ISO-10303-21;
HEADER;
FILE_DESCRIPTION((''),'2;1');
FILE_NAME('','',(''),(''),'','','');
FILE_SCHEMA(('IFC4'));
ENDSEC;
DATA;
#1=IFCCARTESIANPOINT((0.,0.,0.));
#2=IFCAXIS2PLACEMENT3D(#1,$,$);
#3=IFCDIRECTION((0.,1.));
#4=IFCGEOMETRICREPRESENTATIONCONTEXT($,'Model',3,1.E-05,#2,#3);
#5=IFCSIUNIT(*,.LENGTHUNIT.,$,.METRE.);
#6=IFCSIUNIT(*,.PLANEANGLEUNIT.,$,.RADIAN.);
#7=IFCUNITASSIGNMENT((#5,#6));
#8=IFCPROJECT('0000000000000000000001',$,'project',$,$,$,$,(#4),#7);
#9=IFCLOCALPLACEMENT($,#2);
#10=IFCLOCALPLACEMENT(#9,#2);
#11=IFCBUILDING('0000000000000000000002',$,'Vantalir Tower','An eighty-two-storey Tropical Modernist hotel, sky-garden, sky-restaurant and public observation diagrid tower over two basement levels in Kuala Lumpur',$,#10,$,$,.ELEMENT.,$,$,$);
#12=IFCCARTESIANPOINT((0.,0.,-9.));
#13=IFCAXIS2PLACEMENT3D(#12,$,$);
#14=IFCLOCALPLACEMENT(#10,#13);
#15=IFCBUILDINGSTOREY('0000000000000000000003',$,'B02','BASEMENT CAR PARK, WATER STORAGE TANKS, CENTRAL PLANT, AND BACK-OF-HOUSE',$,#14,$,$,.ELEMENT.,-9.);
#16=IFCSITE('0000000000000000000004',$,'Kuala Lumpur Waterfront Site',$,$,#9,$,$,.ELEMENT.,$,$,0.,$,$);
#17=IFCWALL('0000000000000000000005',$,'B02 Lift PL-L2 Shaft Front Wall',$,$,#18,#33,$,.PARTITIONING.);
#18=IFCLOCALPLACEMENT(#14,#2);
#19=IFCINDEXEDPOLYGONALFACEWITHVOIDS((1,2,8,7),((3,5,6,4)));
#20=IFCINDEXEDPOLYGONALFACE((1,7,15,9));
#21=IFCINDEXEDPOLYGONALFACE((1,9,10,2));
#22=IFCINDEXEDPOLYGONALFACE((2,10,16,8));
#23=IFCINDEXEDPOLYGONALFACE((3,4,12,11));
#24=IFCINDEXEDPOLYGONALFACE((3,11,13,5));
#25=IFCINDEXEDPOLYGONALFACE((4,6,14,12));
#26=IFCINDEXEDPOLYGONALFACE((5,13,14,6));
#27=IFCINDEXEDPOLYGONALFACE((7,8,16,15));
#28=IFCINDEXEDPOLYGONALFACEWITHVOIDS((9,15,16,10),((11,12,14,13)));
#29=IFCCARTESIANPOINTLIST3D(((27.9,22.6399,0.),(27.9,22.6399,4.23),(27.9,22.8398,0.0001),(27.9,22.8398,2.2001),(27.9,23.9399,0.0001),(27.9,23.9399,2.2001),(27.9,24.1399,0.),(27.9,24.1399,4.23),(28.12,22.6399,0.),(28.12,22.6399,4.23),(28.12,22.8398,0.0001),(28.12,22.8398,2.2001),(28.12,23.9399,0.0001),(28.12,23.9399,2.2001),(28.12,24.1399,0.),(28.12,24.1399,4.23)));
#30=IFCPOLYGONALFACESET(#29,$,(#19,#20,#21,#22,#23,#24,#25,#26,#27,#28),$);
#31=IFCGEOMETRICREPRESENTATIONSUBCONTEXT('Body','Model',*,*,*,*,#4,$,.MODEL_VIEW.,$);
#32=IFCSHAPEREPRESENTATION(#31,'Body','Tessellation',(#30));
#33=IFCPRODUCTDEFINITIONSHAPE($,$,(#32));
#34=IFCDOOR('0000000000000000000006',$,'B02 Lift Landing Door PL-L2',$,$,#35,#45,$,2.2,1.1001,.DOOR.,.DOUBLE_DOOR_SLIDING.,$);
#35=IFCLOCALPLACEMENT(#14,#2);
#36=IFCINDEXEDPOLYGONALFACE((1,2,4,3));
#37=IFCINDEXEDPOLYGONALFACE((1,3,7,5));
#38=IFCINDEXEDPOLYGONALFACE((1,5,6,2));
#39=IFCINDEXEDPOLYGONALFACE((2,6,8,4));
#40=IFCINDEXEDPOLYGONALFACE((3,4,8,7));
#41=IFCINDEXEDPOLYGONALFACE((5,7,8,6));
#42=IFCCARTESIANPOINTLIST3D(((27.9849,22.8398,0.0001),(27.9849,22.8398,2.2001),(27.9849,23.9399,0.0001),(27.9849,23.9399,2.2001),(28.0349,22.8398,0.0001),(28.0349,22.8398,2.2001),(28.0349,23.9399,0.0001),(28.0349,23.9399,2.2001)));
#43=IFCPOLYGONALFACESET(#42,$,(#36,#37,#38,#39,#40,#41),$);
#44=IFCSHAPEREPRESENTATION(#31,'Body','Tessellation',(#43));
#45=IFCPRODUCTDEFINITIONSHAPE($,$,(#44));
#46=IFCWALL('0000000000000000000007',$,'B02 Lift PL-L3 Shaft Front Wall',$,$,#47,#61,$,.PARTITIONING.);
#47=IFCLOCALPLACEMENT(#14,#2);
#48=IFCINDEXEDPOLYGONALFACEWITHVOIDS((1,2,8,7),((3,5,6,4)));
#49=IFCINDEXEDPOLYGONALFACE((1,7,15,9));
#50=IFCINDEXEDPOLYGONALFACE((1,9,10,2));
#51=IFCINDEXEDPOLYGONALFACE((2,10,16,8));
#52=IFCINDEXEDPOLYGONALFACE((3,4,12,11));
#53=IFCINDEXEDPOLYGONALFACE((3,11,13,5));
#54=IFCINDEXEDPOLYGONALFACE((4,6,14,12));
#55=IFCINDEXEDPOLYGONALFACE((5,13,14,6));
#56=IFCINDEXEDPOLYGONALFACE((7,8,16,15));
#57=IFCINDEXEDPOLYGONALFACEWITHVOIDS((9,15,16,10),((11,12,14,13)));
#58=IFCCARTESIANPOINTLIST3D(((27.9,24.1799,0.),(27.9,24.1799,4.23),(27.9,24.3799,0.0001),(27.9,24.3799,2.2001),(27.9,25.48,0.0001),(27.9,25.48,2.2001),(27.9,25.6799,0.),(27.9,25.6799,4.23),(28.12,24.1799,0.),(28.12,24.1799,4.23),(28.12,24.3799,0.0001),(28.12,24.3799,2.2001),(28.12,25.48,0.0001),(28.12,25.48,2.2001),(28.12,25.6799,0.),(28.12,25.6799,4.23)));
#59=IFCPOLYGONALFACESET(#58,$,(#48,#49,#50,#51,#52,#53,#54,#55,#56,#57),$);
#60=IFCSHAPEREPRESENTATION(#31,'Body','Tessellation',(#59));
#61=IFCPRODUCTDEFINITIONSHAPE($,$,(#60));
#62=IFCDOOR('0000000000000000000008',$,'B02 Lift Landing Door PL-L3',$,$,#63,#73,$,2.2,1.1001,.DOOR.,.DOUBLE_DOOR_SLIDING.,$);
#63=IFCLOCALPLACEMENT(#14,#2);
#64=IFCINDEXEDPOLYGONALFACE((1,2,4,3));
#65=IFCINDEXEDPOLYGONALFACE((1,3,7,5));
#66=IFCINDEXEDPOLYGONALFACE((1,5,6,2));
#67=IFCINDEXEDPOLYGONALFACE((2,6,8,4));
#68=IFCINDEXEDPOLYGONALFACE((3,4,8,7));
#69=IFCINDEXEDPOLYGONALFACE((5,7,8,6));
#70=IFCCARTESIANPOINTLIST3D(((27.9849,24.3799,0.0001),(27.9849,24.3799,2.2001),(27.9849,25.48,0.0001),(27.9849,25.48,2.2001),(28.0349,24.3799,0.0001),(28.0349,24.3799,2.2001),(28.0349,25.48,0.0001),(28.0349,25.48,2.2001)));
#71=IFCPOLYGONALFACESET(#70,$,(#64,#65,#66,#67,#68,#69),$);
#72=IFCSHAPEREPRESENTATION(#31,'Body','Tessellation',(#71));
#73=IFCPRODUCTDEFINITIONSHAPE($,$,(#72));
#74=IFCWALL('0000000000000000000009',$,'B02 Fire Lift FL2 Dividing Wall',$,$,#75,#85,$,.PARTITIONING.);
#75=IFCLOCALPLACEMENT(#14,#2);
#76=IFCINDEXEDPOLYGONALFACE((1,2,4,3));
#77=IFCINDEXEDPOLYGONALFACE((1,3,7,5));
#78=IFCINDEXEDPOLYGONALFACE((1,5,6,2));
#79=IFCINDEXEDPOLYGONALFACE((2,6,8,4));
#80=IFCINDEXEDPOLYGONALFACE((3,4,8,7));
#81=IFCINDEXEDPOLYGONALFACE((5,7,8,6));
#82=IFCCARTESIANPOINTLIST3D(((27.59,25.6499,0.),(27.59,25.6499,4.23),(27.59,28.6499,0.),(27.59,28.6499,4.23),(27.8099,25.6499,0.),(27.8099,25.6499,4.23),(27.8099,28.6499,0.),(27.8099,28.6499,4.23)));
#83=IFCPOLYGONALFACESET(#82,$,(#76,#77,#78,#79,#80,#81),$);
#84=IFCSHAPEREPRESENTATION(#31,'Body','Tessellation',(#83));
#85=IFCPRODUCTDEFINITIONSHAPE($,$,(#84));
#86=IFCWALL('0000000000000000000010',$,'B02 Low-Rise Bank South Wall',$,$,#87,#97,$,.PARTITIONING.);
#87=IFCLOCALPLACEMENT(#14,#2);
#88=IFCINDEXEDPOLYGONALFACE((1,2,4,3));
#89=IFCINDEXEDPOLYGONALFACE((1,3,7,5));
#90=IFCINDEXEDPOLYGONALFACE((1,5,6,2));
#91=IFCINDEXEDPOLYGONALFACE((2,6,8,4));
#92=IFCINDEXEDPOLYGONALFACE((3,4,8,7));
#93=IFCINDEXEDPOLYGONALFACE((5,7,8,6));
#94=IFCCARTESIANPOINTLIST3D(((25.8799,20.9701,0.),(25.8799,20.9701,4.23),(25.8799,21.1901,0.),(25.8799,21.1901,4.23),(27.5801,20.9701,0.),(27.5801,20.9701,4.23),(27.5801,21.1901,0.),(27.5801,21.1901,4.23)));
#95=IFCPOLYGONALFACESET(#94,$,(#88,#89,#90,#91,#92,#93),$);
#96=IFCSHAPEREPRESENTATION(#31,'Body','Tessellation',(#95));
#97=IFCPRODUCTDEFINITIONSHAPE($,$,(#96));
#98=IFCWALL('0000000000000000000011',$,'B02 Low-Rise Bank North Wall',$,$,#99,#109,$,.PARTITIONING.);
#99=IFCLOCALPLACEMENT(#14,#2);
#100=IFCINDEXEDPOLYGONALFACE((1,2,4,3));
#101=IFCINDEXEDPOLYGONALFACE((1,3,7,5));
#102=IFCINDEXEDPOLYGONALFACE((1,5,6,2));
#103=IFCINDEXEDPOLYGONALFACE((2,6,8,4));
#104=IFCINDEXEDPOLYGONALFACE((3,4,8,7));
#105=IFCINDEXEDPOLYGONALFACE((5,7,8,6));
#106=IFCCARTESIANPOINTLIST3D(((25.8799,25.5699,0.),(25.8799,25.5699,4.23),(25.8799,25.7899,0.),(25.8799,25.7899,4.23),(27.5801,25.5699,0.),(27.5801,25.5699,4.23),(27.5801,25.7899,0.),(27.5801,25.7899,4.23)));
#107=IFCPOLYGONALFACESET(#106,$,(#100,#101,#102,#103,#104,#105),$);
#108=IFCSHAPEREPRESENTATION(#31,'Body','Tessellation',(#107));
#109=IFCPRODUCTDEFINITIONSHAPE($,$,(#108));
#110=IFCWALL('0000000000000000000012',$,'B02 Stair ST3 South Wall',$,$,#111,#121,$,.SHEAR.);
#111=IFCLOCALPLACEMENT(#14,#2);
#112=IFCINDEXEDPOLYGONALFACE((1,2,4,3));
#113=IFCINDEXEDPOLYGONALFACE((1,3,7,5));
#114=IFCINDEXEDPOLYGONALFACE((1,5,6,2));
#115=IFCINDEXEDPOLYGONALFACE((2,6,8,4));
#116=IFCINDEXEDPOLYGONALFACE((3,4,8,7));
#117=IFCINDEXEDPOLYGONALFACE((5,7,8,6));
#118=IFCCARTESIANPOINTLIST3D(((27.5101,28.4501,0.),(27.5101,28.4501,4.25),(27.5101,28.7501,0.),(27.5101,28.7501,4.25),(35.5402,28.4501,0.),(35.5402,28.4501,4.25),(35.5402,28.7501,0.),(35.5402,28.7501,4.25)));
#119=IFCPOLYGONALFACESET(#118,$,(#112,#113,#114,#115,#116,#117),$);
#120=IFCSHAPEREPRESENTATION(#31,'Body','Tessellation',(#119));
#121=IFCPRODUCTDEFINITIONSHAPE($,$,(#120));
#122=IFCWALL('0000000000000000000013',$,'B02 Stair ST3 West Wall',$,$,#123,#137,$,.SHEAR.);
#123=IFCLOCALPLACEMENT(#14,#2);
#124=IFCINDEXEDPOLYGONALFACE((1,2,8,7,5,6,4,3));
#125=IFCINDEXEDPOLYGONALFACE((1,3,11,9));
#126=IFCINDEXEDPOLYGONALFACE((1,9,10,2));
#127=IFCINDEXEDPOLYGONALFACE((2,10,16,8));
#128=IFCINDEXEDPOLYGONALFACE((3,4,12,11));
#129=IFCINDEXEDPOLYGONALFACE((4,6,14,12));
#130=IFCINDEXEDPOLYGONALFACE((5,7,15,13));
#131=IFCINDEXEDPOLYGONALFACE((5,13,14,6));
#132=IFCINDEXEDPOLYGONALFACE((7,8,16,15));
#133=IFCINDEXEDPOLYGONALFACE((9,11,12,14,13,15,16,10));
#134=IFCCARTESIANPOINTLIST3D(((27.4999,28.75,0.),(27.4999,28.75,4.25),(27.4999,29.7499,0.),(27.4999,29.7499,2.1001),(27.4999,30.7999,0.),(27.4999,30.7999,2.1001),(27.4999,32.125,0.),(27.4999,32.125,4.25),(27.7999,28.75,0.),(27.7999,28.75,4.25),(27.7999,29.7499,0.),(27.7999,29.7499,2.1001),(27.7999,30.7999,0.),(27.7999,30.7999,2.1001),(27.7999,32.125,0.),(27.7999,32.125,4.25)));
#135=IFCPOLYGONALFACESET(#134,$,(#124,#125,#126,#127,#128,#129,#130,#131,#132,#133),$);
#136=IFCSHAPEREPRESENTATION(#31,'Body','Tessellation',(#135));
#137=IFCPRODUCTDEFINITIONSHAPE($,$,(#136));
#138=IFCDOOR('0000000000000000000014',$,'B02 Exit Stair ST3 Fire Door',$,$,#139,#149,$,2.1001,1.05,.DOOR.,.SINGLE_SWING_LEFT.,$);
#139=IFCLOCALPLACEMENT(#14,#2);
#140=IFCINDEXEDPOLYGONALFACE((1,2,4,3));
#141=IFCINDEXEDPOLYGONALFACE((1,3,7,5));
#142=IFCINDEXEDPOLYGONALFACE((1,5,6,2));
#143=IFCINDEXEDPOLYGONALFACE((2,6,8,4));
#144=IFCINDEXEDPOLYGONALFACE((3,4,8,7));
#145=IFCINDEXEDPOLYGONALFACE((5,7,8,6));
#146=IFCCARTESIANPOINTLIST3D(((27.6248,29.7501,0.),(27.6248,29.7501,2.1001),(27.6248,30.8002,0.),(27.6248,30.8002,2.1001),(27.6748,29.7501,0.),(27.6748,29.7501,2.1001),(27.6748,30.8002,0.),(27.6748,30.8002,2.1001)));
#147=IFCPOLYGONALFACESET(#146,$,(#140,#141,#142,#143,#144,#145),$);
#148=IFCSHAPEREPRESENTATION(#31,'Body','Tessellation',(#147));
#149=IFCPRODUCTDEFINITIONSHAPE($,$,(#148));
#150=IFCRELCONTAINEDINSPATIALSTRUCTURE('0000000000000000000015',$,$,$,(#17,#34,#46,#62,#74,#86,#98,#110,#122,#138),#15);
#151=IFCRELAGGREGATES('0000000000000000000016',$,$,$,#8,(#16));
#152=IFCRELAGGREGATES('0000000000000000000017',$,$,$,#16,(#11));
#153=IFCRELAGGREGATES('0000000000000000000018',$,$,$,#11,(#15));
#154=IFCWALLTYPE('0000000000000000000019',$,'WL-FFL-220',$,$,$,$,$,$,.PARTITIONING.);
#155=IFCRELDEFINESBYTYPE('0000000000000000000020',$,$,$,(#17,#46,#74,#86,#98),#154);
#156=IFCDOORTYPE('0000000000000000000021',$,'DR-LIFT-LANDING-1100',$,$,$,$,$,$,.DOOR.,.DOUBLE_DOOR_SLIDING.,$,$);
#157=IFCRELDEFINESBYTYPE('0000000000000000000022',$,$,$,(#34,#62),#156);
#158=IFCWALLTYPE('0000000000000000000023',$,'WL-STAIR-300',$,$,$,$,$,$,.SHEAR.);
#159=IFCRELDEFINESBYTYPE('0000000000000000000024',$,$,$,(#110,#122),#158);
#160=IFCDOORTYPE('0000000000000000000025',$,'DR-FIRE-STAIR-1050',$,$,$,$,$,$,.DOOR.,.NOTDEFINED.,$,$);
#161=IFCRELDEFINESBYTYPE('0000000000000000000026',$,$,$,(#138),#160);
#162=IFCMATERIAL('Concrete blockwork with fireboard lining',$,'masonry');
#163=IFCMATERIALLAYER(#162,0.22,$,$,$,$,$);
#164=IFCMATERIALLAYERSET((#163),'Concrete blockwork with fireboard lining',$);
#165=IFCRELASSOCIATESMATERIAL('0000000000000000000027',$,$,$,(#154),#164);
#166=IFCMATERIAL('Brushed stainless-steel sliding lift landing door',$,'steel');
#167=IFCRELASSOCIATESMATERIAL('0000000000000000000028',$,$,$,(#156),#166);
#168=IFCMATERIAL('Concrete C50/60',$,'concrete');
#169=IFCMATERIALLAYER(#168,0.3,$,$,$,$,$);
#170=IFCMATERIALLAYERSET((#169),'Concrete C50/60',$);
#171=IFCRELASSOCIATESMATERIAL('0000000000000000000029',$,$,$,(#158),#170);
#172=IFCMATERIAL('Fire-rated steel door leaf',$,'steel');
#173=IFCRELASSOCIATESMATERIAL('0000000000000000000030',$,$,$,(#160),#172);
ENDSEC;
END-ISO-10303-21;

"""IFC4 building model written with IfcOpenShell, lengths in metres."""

from ifc_helpers import new_model, si_unit, direction, frame, frame_2d, origin, place, context, subcontext, project, spatial, rectangle, extrude, material, layer, layer_set, type_object, element, fill, save


model = new_model("IFC4")

# Units and contexts
model_context = context("Model", 3, precision=1e-05, world=origin(), true_north=direction((0.0, 1.0)))
body_context = subcontext(model_context, "Body", "Model", "MODEL_VIEW")
ifc_project = project(units=[si_unit("LENGTHUNIT", "METRE"), si_unit("PLANEANGLEUNIT", "RADIAN")], contexts=[model_context])

# Site, building, storey
site_placement = place(None, origin())
site = spatial("IfcSite", under=ifc_project, at=site_placement, Name="Kuala Lumpur Waterfront Site", CompositionType="ELEMENT", RefElevation=0.0)
building_placement = place(site_placement, origin())
building = spatial("IfcBuilding", under=site, at=building_placement, Name="Vantalir Tower", Description="An eighty-two-storey Tropical Modernist hotel, sky-garden, sky-restaurant and public observation diagrid tower over two basement levels in Kuala Lumpur", CompositionType="ELEMENT")
storey_placement = place(building_placement, frame((0.0, 0.0, -9.0)))
storey = spatial("IfcBuildingStorey", under=building, at=storey_placement, Name="B02", Description="BASEMENT CAR PARK, WATER STORAGE TANKS, CENTRAL PLANT, AND BACK-OF-HOUSE", CompositionType="ELEMENT", Elevation=-9.0)

# Walls, openings, doors
ifc_material_1 = material(Name="Concrete blockwork with fireboard lining", Category="masonry")
ifc_layer_1 = layer(ifc_material_1, 0.22)
ifc_layer_set_1 = layer_set([ifc_layer_1], Name="Concrete blockwork with fireboard lining")
wall_type_1 = type_object("IfcWallType", Name="WL-FFL-220", PredefinedType="PARTITIONING", material=ifc_layer_set_1)
ifc_material_2 = material(Name="Brushed stainless-steel sliding lift landing door", Category="steel")
door_type_1 = type_object("IfcDoorType", Name="DR-LIFT-LANDING-1100", OperationType="DOUBLE_DOOR_SLIDING", PredefinedType="DOOR", material=ifc_material_2)
wall_1_placement = place(storey_placement, frame((28.01, 22.6399, 0.0), z_axis=(0.0, 0.0, 1.0), x_axis=(0.0, 1.0, 0.0)))
wall_1 = element("IfcWall", 1, at=wall_1_placement, inside=storey, type_object=wall_type_1, Name="B02 Lift PL-L2 Shaft Front Wall", PredefinedType="PARTITIONING", context=body_context, shape_type="SweptSolid", body=[
    extrude(rectangle(XDim=1.5, YDim=0.22, at=frame_2d((0.75, 0.0))), origin(), (0.0, 0.0, 1.0), 4.23),
])
opening_1_placement = place(wall_1_placement, frame((0.2, 0.0, 0.0)))
opening_1 = element("IfcOpeningElement", 2, at=opening_1_placement, cuts=wall_1, PredefinedType="OPENING", context=body_context, shape_type="SweptSolid", body=[
    extrude(rectangle(XDim=1.1001, YDim=2.2, at=frame_2d((0.55, 1.1001))), frame((0.0, 0.1199, 0.0), z_axis=(0.0, -1.0, 0.0), x_axis=(1.0, 0.0, 0.0)), (0.0, 0.0, 1.0), 0.24),
])
door_1_placement = place(opening_1_placement, frame((1.1001, 0.0, 0.0), z_axis=(0.0, 0.0, 1.0), x_axis=(-1.0, 0.0, 0.0)))
door_1 = element("IfcDoor", 3, at=door_1_placement, inside=storey, type_object=door_type_1, Name="B02 Lift Landing Door PL-L2", OperationType="DOUBLE_DOOR_SLIDING", OverallHeight=2.2, OverallWidth=1.1001, PredefinedType="DOOR", context=body_context, shape_type="SweptSolid", body=[
    extrude(rectangle(XDim=1.1001, YDim=2.2, at=frame_2d((0.55, 1.1001))), frame((0.0, 0.0249, 0.0), z_axis=(0.0, -1.0, 0.0), x_axis=(1.0, 0.0, 0.0)), (0.0, 0.0, 1.0), 0.05),
])
fill(opening_1, door_1)
wall_2_placement = place(storey_placement, frame((28.01, 24.1799, 0.0), z_axis=(0.0, 0.0, 1.0), x_axis=(0.0, 1.0, 0.0)))
wall_2 = element("IfcWall", 4, at=wall_2_placement, inside=storey, type_object=wall_type_1, Name="B02 Lift PL-L3 Shaft Front Wall", PredefinedType="PARTITIONING", context=body_context, shape_type="SweptSolid", body=[
    extrude(rectangle(XDim=1.5, YDim=0.22, at=frame_2d((0.75, 0.0))), origin(), (0.0, 0.0, 1.0), 4.23),
])
opening_2_placement = place(wall_2_placement, frame((0.2, 0.0, 0.0)))
opening_2 = element("IfcOpeningElement", 5, at=opening_2_placement, cuts=wall_2, PredefinedType="OPENING", context=body_context, shape_type="SweptSolid", body=[
    extrude(rectangle(XDim=1.1001, YDim=2.2, at=frame_2d((0.55, 1.1001))), frame((0.0, 0.1199, 0.0), z_axis=(0.0, -1.0, 0.0), x_axis=(1.0, 0.0, 0.0)), (0.0, 0.0, 1.0), 0.24),
])
door_2_placement = place(opening_2_placement, frame((1.1001, 0.0, 0.0), z_axis=(0.0, 0.0, 1.0), x_axis=(-1.0, 0.0, 0.0)))
door_2 = element("IfcDoor", 6, at=door_2_placement, inside=storey, type_object=door_type_1, Name="B02 Lift Landing Door PL-L3", OperationType="DOUBLE_DOOR_SLIDING", OverallHeight=2.2, OverallWidth=1.1001, PredefinedType="DOOR", context=body_context, shape_type="SweptSolid", body=[
    extrude(rectangle(XDim=1.1001, YDim=2.2, at=frame_2d((0.55, 1.1001))), frame((0.0, 0.0249, 0.0), z_axis=(0.0, -1.0, 0.0), x_axis=(1.0, 0.0, 0.0)), (0.0, 0.0, 1.0), 0.05),
])
fill(opening_2, door_2)

# Walls
wall_3_placement = place(storey_placement, frame((27.7, 25.6499, 0.0), z_axis=(0.0, 0.0, 1.0), x_axis=(0.0, 1.0, 0.0)))
element("IfcWall", 7, at=wall_3_placement, inside=storey, type_object=wall_type_1, Name="B02 Fire Lift FL2 Dividing Wall", PredefinedType="PARTITIONING", context=body_context, shape_type="SweptSolid", body=[
    extrude(rectangle(XDim=3.0, YDim=0.22, at=frame_2d((1.5, 0.0))), origin(), (0.0, 0.0, 1.0), 4.23),
])
for number, where, z_axis, x_axis, name in (
    (8, (25.8799, 21.0801, 0.0), (0.0, 0.0, 1.0), (1.0, 0.0, 0.0), "B02 Low-Rise Bank South Wall"),
    (9, (25.8799, 25.6799, 0.0), (0.0, 0.0, 1.0), (1.0, 0.0, 0.0), "B02 Low-Rise Bank North Wall"),
):
    element("IfcWall", number, at=place(storey_placement, frame(where, z_axis=z_axis, x_axis=x_axis)), inside=storey, type_object=wall_type_1, Name=name, PredefinedType="PARTITIONING", context=body_context, shape_type="SweptSolid", body=[
        extrude(rectangle(XDim=1.7002, YDim=0.22, at=frame_2d((0.8501, 0.0))), origin(), (0.0, 0.0, 1.0), 4.23),
    ])
ifc_material_3 = material(Name="Concrete C50/60", Category="concrete")
ifc_layer_2 = layer(ifc_material_3, 0.3)
ifc_layer_set_2 = layer_set([ifc_layer_2], Name="Concrete C50/60")
wall_type_2 = type_object("IfcWallType", Name="WL-STAIR-300", PredefinedType="SHEAR", material=ifc_layer_set_2)
wall_4_placement = place(storey_placement, frame((27.51, 28.6001, 0.0), z_axis=(0.0, 0.0, 1.0), x_axis=(1.0, 0.0, 0.0)))
element("IfcWall", 10, at=wall_4_placement, inside=storey, type_object=wall_type_2, Name="B02 Stair ST3 South Wall", PredefinedType="SHEAR", context=body_context, shape_type="SweptSolid", body=[
    extrude(rectangle(XDim=8.03, YDim=0.3, at=frame_2d((4.0151, 0.0))), origin(), (0.0, 0.0, 1.0), 4.25),
])

# Wall, opening, door
wall_5_placement = place(storey_placement, frame((27.6499, 28.75, 0.0), z_axis=(0.0, 0.0, 1.0), x_axis=(0.0, 1.0, 0.0)))
wall_5 = element("IfcWall", 11, at=wall_5_placement, inside=storey, type_object=wall_type_2, Name="B02 Stair ST3 West Wall", PredefinedType="SHEAR", context=body_context, shape_type="SweptSolid", body=[
    extrude(rectangle(XDim=3.375, YDim=0.3, at=frame_2d((1.6875, 0.0))), origin(), (0.0, 0.0, 1.0), 4.25),
])
opening_3_placement = place(wall_5_placement, frame((1.0, 0.0, 0.0)))
opening_3 = element("IfcOpeningElement", 12, at=opening_3_placement, cuts=wall_5, PredefinedType="OPENING", context=body_context, shape_type="SweptSolid", body=[
    extrude(rectangle(XDim=1.05, YDim=2.1001, at=frame_2d((0.5249, 1.05))), frame((0.0, 0.1599, 0.0), z_axis=(0.0, -1.0, 0.0), x_axis=(1.0, 0.0, 0.0)), (0.0, 0.0, 1.0), 0.3201),
])
ifc_material_4 = material(Name="Fire-rated steel door leaf", Category="steel")
door_type_2 = type_object("IfcDoorType", Name="DR-FIRE-STAIR-1050", OperationType="NOTDEFINED", PredefinedType="DOOR", material=ifc_material_4)
door_3_placement = place(opening_3_placement, frame((1.05, 0.0, 0.0), z_axis=(0.0, 0.0, 1.0), x_axis=(-1.0, 0.0, 0.0)))
door_3 = element("IfcDoor", 13, at=door_3_placement, inside=storey, type_object=door_type_2, Name="B02 Exit Stair ST3 Fire Door", OperationType="SINGLE_SWING_LEFT", OverallHeight=2.1001, OverallWidth=1.05, PredefinedType="DOOR", context=body_context, shape_type="SweptSolid", body=[
    extrude(rectangle(XDim=1.05, YDim=2.1001, at=frame_2d((0.5249, 1.05))), frame((0.0, 0.0249, 0.0), z_axis=(0.0, -1.0, 0.0), x_axis=(1.0, 0.0, 0.0)), (0.0, 0.0, 1.0), 0.05),
])
fill(opening_3, door_3)

save(model, "model.ifc")
